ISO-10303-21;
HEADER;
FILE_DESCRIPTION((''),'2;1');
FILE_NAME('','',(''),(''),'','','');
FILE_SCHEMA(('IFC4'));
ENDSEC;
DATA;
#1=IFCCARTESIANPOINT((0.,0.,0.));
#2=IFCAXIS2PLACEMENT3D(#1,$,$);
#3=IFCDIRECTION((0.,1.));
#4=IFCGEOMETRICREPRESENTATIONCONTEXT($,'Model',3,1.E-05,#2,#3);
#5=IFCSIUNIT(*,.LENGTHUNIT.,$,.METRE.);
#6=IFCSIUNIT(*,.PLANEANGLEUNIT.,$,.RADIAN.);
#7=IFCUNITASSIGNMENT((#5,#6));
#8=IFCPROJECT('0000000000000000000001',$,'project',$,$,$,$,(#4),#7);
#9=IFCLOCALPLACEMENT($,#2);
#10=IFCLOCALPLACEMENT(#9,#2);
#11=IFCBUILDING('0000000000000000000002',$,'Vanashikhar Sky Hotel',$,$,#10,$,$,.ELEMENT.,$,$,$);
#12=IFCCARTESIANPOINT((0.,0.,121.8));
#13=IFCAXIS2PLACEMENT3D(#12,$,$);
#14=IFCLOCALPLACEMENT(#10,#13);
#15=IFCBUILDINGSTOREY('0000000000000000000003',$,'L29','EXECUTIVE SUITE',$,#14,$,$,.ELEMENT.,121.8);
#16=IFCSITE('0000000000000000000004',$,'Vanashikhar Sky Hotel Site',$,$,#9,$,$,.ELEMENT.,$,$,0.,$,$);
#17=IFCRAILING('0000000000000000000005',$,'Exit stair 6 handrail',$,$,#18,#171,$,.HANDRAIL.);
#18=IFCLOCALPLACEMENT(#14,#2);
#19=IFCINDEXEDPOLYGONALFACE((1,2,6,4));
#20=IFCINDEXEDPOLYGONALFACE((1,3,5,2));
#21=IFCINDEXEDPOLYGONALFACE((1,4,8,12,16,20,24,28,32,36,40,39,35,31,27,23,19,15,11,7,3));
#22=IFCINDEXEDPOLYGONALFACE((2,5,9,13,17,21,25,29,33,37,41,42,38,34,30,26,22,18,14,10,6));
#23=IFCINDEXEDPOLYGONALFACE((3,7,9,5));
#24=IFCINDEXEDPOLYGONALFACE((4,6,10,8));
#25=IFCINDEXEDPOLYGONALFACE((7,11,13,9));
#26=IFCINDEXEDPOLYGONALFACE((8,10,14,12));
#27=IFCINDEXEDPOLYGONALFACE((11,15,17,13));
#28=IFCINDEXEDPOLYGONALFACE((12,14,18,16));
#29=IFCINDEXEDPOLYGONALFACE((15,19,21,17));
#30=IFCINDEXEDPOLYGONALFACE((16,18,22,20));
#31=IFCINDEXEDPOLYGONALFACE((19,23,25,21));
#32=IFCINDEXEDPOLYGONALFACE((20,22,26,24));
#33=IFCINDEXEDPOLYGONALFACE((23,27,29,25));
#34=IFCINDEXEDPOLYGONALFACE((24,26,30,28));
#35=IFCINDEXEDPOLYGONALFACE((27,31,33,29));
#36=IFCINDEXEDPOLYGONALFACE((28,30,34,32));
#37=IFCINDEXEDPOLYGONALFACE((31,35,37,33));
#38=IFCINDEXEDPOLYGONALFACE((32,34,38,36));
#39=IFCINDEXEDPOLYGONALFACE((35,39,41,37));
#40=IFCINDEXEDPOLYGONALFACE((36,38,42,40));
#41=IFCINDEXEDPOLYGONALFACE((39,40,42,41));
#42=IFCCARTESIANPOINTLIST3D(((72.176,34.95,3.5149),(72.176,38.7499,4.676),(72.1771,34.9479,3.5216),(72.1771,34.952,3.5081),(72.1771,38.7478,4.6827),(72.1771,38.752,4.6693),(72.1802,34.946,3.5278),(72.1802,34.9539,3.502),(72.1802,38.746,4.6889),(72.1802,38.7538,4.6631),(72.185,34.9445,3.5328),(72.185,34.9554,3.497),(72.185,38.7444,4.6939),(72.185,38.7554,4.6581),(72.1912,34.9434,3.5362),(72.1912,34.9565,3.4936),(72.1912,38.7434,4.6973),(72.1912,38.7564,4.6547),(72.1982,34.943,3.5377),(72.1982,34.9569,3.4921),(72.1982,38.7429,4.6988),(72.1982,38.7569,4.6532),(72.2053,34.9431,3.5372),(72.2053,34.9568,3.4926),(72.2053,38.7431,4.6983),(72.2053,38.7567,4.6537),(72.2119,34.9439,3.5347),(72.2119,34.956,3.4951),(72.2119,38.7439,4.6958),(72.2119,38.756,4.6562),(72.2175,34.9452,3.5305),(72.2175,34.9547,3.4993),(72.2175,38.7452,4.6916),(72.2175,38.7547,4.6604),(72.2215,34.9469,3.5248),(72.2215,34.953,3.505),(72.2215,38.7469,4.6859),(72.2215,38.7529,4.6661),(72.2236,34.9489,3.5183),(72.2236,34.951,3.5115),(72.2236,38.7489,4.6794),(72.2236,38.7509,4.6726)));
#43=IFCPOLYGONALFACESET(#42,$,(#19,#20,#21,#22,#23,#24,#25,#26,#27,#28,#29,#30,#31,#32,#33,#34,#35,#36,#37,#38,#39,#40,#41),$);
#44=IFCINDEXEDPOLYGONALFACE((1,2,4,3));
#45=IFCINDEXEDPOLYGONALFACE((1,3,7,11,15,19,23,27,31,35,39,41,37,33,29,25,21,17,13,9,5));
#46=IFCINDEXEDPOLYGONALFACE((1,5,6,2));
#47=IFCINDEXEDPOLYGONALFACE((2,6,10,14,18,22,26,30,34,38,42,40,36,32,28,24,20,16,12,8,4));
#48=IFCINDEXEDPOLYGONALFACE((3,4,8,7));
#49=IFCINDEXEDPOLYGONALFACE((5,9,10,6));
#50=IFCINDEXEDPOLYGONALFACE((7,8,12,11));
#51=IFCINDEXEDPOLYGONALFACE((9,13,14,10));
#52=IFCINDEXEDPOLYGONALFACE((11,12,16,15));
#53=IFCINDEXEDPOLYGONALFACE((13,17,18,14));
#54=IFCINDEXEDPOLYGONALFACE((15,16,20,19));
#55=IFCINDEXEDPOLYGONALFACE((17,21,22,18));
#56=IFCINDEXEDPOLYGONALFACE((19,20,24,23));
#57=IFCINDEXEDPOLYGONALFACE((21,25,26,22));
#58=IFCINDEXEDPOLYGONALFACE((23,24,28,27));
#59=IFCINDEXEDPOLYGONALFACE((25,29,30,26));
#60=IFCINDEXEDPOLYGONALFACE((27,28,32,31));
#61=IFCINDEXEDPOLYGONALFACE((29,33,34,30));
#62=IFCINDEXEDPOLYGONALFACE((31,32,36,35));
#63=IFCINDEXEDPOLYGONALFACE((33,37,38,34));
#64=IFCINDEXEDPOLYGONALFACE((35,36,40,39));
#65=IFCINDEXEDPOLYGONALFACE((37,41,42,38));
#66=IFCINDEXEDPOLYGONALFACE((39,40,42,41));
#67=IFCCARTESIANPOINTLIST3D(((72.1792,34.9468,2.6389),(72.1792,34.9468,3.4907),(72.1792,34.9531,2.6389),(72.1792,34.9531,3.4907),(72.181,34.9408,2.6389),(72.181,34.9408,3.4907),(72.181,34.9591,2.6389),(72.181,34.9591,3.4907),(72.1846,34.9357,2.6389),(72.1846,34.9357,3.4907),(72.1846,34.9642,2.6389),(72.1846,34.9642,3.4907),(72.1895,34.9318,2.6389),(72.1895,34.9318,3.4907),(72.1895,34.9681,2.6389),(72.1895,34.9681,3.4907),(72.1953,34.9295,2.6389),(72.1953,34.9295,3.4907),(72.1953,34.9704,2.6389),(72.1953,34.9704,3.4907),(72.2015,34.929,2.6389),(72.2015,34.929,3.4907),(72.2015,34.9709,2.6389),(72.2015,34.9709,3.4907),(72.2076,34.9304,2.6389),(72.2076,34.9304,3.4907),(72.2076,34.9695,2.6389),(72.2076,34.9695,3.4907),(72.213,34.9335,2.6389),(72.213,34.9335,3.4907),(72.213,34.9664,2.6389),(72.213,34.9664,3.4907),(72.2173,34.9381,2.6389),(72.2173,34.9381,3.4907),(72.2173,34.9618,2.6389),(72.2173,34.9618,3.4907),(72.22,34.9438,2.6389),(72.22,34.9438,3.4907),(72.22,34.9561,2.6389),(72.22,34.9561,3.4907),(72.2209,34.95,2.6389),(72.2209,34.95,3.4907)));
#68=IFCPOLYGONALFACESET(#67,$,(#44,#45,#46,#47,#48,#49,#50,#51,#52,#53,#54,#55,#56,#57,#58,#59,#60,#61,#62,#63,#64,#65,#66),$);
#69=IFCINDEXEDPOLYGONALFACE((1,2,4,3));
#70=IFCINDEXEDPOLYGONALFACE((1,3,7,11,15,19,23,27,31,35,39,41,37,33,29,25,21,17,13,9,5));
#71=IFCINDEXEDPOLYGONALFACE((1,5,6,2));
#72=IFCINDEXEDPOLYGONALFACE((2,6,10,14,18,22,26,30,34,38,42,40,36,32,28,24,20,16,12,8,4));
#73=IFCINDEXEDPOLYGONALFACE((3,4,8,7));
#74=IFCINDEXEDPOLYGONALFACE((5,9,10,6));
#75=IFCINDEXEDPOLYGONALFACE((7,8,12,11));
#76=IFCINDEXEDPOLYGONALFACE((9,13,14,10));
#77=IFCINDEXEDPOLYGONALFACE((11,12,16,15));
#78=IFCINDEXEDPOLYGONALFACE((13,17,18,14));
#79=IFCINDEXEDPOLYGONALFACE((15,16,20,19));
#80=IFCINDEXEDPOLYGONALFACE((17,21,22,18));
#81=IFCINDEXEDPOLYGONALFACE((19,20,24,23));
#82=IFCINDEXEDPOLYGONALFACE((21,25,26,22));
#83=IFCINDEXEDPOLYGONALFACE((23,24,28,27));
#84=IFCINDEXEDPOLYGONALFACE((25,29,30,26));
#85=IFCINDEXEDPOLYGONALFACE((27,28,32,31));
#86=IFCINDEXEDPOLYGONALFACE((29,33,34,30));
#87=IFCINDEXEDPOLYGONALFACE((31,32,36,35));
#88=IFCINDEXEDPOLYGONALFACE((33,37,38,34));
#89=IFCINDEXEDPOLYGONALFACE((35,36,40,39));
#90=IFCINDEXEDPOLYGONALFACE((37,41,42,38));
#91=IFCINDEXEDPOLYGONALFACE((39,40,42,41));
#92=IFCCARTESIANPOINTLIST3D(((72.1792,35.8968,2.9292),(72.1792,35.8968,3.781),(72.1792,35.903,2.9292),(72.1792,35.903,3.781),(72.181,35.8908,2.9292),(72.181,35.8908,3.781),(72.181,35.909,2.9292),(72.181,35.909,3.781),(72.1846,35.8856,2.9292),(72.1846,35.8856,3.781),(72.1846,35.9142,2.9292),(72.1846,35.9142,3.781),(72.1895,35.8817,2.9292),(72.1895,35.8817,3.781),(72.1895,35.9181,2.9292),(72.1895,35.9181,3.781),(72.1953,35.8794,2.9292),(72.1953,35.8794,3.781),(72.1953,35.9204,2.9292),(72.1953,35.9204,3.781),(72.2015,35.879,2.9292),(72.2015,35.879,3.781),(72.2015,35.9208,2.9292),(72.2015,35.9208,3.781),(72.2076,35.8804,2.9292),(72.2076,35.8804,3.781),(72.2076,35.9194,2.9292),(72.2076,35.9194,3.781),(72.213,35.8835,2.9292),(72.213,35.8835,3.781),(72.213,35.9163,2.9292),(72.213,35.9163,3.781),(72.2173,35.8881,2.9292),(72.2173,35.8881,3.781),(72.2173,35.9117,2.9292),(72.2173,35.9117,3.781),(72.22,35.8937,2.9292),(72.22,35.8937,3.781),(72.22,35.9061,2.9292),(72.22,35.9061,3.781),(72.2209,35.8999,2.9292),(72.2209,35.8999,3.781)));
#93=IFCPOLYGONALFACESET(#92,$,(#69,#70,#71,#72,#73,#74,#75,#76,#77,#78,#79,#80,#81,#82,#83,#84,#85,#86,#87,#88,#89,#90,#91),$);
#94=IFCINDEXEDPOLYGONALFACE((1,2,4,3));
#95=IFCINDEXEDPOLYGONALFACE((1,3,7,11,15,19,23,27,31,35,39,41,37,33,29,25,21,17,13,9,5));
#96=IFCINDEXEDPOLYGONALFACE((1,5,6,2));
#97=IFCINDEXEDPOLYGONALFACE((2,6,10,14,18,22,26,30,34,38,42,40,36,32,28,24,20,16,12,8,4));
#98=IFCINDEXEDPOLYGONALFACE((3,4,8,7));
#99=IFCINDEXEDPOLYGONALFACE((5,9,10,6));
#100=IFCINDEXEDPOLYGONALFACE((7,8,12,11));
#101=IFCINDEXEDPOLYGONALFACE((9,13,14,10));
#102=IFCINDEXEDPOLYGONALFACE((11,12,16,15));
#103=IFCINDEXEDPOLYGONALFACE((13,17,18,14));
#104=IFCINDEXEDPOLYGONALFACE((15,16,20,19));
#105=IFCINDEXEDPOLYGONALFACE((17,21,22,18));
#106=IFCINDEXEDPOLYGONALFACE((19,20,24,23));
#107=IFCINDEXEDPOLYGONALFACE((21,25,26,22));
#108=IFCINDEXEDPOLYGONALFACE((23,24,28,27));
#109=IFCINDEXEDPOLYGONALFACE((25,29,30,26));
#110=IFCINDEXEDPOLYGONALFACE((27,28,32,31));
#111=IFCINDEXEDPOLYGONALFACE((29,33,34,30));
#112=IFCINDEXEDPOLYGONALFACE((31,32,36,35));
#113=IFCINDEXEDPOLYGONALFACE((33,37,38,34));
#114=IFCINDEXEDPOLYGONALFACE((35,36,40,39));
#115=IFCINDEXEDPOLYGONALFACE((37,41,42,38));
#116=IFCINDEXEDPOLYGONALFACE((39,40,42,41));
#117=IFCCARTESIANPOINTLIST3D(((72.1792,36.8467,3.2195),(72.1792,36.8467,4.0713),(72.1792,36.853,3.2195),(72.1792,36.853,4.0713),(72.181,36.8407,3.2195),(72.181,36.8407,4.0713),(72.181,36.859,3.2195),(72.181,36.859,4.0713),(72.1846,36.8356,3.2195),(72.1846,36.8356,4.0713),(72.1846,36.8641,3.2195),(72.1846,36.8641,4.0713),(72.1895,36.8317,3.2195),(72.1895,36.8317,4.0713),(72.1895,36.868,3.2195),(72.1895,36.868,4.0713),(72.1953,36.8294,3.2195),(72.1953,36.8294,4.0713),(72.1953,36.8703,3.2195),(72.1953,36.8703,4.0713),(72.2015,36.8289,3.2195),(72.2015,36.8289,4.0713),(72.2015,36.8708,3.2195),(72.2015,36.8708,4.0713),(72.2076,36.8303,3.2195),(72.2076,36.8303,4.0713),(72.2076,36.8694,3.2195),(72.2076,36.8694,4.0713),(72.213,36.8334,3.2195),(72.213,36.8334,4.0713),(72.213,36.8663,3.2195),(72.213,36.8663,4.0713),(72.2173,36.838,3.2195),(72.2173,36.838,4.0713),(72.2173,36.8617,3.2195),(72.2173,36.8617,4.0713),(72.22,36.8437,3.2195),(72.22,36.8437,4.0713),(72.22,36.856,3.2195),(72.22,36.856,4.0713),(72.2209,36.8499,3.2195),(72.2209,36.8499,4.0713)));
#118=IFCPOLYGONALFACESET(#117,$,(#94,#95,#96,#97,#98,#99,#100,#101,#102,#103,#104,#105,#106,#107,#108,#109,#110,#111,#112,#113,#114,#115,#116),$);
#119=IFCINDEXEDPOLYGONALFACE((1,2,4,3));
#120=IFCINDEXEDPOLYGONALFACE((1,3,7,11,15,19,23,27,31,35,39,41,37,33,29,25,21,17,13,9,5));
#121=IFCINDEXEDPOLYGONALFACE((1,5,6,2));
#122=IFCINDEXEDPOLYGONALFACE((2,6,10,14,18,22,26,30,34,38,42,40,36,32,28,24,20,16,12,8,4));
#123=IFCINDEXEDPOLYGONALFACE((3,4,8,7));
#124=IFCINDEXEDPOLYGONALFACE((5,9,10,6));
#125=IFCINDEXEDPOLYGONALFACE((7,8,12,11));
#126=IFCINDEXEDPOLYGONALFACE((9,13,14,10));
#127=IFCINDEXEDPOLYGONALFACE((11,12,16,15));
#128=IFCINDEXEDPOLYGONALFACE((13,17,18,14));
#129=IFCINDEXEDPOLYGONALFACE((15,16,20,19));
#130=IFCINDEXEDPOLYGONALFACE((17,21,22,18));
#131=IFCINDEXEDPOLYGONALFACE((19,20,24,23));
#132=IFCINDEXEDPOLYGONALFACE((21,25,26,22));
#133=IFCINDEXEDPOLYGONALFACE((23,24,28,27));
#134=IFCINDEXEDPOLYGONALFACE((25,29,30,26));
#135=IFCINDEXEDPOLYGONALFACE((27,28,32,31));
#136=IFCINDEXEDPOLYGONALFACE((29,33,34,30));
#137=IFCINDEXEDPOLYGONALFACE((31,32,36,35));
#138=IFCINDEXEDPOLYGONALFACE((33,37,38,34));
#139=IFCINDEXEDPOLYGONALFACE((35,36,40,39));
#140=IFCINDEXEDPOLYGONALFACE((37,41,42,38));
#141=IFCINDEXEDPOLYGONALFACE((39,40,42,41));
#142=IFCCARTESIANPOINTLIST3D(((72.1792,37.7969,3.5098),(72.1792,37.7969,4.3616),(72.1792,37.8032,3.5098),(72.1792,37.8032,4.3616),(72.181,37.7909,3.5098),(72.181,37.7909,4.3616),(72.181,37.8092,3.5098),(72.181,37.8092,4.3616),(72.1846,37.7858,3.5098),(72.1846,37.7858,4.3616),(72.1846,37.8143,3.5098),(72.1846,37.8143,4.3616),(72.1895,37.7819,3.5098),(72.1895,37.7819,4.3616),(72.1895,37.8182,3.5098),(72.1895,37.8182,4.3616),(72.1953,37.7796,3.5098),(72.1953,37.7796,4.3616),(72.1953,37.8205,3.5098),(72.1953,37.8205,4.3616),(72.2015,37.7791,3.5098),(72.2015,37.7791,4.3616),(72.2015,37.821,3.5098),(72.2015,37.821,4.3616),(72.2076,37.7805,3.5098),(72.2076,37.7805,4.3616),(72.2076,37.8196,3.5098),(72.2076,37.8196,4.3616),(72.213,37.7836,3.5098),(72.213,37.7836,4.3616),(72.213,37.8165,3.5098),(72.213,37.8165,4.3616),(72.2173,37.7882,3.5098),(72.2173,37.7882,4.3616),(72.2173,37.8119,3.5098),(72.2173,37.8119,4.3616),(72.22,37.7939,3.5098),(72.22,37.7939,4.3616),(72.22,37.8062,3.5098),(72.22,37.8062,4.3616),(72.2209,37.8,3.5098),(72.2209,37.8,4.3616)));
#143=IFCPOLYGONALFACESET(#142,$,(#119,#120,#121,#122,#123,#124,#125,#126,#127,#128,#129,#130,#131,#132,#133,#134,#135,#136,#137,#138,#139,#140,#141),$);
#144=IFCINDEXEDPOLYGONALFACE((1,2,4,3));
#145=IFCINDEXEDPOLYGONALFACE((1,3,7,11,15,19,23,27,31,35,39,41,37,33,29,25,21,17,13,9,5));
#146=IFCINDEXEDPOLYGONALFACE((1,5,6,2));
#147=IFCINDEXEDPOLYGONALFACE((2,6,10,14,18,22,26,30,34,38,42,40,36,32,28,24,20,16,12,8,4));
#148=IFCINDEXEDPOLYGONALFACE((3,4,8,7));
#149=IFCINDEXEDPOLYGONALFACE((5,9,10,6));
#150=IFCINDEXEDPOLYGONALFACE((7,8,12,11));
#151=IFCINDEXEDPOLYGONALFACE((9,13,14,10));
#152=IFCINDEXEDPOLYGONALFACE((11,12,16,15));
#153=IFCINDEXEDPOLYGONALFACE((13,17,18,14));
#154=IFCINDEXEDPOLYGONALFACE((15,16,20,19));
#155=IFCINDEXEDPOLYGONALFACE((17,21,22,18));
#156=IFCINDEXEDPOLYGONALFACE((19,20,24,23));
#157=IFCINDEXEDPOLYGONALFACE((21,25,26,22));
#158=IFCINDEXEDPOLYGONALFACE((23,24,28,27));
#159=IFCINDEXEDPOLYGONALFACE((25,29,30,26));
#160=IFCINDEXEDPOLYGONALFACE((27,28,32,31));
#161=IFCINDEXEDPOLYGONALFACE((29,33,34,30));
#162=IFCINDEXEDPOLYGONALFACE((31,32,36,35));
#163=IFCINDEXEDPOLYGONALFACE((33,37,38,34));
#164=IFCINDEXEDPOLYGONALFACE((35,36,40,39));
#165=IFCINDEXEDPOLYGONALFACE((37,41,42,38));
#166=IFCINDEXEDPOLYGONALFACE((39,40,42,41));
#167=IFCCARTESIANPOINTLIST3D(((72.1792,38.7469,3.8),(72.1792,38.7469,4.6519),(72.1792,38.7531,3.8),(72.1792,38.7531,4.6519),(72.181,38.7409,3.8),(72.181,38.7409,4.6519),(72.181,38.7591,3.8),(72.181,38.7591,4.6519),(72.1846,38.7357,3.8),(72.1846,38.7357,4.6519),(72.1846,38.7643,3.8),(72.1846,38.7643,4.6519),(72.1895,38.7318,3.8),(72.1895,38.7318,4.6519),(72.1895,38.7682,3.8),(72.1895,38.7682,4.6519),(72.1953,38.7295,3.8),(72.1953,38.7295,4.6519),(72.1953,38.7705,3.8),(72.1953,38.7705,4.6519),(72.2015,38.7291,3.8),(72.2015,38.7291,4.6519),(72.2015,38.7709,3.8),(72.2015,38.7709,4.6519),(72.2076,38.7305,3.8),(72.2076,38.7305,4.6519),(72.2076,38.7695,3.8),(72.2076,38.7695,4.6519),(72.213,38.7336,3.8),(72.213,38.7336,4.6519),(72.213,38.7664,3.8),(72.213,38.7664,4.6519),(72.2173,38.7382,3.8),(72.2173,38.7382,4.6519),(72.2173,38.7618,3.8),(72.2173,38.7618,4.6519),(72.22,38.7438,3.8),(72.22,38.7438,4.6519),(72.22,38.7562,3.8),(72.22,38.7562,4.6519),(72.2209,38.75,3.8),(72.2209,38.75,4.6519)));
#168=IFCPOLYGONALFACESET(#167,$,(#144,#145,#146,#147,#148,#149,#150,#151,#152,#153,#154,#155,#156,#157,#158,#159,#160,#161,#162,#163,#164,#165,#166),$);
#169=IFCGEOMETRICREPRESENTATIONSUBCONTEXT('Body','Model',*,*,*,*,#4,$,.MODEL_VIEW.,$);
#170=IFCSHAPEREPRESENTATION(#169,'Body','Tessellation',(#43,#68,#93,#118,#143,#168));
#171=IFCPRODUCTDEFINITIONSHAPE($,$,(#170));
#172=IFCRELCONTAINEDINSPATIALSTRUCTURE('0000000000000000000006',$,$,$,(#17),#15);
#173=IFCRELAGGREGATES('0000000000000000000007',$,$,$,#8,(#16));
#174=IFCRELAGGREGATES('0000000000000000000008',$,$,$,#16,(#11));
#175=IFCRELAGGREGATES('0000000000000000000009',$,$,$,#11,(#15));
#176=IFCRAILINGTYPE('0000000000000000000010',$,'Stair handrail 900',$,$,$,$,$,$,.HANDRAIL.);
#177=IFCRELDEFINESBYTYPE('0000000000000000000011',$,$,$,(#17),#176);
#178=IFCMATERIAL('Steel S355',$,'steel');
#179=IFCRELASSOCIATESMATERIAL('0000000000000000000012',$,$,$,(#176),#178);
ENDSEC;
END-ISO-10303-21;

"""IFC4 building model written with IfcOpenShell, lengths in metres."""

from ifc_helpers import new_model, si_unit, direction, frame, origin, origin_2d, place, context, subcontext, project, spatial, circle, extrude, source, transform, mapped, material, type_object, element, save


model = new_model("IFC4")

# Units and contexts
model_context = context("Model", 3, precision=1e-05, world=origin(), true_north=direction((0.0, 1.0)))
body_context = subcontext(model_context, "Body", "Model", "MODEL_VIEW")
ifc_project = project(units=[si_unit("LENGTHUNIT", "METRE"), si_unit("PLANEANGLEUNIT", "RADIAN")], contexts=[model_context])

# Site, building, storey
site_placement = place(None, origin())
site = spatial("IfcSite", under=ifc_project, at=site_placement, Name="Vanashikhar Sky Hotel Site", CompositionType="ELEMENT", RefElevation=0.0)
building_placement = place(site_placement, origin())
building = spatial("IfcBuilding", under=site, at=building_placement, Name="Vanashikhar Sky Hotel", CompositionType="ELEMENT")
storey_placement = place(building_placement, frame((0.0, 0.0, 121.8)))
storey = spatial("IfcBuildingStorey", under=building, at=storey_placement, Name="L29", Description="EXECUTIVE SUITE", CompositionType="ELEMENT", Elevation=121.8)

# Railing
ifc_material_1 = material(Name="Steel S355", Category="steel")
railing_type_1 = type_object("IfcRailingType", Name="Stair handrail 900", PredefinedType="HANDRAIL", material=ifc_material_1)
shared_shape_1 = source(origin(), body_context, "Body", "SweptSolid", [
    extrude(circle(Radius=0.0239, at=origin_2d()), frame((0.0, 0.0, 0.876), z_axis=(0.0, 0.956351, 0.29222), x_axis=(-1.0, 0.0, 0.0)), (0.0, 0.0, 1.0), 3.9734),
    extrude(circle(Radius=0.021, at=origin_2d()), origin(), (0.0, 0.0, 1.0), 0.8518),
    extrude(circle(Radius=0.021, at=origin_2d()), frame((0.0, 0.95, 0.2903)), (0.0, 0.0, 1.0), 0.8518),
    extrude(circle(Radius=0.021, at=origin_2d()), frame((0.0, 1.8999, 0.5806)), (0.0, 0.0, 1.0), 0.8518),
    extrude(circle(Radius=0.021, at=origin_2d()), frame((0.0, 2.8501, 0.8708)), (0.0, 0.0, 1.0), 0.8518),
    extrude(circle(Radius=0.021, at=origin_2d()), frame((0.0, 3.8, 1.1611)), (0.0, 0.0, 1.0), 0.8518),
])
for number, where, name in (
    (1, (72.2, 34.95, 2.6389), "Exit stair 6 handrail"),
):
    element("IfcRailing", number, at=place(storey_placement, frame(where)), inside=storey, type_object=railing_type_1, Name=name, PredefinedType="HANDRAIL", context=body_context, shape_type="MappedRepresentation", body=[
        mapped(shared_shape_1, transform((0.0, 0.0, 0.0), scale=1.0)),
    ])

save(model, "model.ifc")
